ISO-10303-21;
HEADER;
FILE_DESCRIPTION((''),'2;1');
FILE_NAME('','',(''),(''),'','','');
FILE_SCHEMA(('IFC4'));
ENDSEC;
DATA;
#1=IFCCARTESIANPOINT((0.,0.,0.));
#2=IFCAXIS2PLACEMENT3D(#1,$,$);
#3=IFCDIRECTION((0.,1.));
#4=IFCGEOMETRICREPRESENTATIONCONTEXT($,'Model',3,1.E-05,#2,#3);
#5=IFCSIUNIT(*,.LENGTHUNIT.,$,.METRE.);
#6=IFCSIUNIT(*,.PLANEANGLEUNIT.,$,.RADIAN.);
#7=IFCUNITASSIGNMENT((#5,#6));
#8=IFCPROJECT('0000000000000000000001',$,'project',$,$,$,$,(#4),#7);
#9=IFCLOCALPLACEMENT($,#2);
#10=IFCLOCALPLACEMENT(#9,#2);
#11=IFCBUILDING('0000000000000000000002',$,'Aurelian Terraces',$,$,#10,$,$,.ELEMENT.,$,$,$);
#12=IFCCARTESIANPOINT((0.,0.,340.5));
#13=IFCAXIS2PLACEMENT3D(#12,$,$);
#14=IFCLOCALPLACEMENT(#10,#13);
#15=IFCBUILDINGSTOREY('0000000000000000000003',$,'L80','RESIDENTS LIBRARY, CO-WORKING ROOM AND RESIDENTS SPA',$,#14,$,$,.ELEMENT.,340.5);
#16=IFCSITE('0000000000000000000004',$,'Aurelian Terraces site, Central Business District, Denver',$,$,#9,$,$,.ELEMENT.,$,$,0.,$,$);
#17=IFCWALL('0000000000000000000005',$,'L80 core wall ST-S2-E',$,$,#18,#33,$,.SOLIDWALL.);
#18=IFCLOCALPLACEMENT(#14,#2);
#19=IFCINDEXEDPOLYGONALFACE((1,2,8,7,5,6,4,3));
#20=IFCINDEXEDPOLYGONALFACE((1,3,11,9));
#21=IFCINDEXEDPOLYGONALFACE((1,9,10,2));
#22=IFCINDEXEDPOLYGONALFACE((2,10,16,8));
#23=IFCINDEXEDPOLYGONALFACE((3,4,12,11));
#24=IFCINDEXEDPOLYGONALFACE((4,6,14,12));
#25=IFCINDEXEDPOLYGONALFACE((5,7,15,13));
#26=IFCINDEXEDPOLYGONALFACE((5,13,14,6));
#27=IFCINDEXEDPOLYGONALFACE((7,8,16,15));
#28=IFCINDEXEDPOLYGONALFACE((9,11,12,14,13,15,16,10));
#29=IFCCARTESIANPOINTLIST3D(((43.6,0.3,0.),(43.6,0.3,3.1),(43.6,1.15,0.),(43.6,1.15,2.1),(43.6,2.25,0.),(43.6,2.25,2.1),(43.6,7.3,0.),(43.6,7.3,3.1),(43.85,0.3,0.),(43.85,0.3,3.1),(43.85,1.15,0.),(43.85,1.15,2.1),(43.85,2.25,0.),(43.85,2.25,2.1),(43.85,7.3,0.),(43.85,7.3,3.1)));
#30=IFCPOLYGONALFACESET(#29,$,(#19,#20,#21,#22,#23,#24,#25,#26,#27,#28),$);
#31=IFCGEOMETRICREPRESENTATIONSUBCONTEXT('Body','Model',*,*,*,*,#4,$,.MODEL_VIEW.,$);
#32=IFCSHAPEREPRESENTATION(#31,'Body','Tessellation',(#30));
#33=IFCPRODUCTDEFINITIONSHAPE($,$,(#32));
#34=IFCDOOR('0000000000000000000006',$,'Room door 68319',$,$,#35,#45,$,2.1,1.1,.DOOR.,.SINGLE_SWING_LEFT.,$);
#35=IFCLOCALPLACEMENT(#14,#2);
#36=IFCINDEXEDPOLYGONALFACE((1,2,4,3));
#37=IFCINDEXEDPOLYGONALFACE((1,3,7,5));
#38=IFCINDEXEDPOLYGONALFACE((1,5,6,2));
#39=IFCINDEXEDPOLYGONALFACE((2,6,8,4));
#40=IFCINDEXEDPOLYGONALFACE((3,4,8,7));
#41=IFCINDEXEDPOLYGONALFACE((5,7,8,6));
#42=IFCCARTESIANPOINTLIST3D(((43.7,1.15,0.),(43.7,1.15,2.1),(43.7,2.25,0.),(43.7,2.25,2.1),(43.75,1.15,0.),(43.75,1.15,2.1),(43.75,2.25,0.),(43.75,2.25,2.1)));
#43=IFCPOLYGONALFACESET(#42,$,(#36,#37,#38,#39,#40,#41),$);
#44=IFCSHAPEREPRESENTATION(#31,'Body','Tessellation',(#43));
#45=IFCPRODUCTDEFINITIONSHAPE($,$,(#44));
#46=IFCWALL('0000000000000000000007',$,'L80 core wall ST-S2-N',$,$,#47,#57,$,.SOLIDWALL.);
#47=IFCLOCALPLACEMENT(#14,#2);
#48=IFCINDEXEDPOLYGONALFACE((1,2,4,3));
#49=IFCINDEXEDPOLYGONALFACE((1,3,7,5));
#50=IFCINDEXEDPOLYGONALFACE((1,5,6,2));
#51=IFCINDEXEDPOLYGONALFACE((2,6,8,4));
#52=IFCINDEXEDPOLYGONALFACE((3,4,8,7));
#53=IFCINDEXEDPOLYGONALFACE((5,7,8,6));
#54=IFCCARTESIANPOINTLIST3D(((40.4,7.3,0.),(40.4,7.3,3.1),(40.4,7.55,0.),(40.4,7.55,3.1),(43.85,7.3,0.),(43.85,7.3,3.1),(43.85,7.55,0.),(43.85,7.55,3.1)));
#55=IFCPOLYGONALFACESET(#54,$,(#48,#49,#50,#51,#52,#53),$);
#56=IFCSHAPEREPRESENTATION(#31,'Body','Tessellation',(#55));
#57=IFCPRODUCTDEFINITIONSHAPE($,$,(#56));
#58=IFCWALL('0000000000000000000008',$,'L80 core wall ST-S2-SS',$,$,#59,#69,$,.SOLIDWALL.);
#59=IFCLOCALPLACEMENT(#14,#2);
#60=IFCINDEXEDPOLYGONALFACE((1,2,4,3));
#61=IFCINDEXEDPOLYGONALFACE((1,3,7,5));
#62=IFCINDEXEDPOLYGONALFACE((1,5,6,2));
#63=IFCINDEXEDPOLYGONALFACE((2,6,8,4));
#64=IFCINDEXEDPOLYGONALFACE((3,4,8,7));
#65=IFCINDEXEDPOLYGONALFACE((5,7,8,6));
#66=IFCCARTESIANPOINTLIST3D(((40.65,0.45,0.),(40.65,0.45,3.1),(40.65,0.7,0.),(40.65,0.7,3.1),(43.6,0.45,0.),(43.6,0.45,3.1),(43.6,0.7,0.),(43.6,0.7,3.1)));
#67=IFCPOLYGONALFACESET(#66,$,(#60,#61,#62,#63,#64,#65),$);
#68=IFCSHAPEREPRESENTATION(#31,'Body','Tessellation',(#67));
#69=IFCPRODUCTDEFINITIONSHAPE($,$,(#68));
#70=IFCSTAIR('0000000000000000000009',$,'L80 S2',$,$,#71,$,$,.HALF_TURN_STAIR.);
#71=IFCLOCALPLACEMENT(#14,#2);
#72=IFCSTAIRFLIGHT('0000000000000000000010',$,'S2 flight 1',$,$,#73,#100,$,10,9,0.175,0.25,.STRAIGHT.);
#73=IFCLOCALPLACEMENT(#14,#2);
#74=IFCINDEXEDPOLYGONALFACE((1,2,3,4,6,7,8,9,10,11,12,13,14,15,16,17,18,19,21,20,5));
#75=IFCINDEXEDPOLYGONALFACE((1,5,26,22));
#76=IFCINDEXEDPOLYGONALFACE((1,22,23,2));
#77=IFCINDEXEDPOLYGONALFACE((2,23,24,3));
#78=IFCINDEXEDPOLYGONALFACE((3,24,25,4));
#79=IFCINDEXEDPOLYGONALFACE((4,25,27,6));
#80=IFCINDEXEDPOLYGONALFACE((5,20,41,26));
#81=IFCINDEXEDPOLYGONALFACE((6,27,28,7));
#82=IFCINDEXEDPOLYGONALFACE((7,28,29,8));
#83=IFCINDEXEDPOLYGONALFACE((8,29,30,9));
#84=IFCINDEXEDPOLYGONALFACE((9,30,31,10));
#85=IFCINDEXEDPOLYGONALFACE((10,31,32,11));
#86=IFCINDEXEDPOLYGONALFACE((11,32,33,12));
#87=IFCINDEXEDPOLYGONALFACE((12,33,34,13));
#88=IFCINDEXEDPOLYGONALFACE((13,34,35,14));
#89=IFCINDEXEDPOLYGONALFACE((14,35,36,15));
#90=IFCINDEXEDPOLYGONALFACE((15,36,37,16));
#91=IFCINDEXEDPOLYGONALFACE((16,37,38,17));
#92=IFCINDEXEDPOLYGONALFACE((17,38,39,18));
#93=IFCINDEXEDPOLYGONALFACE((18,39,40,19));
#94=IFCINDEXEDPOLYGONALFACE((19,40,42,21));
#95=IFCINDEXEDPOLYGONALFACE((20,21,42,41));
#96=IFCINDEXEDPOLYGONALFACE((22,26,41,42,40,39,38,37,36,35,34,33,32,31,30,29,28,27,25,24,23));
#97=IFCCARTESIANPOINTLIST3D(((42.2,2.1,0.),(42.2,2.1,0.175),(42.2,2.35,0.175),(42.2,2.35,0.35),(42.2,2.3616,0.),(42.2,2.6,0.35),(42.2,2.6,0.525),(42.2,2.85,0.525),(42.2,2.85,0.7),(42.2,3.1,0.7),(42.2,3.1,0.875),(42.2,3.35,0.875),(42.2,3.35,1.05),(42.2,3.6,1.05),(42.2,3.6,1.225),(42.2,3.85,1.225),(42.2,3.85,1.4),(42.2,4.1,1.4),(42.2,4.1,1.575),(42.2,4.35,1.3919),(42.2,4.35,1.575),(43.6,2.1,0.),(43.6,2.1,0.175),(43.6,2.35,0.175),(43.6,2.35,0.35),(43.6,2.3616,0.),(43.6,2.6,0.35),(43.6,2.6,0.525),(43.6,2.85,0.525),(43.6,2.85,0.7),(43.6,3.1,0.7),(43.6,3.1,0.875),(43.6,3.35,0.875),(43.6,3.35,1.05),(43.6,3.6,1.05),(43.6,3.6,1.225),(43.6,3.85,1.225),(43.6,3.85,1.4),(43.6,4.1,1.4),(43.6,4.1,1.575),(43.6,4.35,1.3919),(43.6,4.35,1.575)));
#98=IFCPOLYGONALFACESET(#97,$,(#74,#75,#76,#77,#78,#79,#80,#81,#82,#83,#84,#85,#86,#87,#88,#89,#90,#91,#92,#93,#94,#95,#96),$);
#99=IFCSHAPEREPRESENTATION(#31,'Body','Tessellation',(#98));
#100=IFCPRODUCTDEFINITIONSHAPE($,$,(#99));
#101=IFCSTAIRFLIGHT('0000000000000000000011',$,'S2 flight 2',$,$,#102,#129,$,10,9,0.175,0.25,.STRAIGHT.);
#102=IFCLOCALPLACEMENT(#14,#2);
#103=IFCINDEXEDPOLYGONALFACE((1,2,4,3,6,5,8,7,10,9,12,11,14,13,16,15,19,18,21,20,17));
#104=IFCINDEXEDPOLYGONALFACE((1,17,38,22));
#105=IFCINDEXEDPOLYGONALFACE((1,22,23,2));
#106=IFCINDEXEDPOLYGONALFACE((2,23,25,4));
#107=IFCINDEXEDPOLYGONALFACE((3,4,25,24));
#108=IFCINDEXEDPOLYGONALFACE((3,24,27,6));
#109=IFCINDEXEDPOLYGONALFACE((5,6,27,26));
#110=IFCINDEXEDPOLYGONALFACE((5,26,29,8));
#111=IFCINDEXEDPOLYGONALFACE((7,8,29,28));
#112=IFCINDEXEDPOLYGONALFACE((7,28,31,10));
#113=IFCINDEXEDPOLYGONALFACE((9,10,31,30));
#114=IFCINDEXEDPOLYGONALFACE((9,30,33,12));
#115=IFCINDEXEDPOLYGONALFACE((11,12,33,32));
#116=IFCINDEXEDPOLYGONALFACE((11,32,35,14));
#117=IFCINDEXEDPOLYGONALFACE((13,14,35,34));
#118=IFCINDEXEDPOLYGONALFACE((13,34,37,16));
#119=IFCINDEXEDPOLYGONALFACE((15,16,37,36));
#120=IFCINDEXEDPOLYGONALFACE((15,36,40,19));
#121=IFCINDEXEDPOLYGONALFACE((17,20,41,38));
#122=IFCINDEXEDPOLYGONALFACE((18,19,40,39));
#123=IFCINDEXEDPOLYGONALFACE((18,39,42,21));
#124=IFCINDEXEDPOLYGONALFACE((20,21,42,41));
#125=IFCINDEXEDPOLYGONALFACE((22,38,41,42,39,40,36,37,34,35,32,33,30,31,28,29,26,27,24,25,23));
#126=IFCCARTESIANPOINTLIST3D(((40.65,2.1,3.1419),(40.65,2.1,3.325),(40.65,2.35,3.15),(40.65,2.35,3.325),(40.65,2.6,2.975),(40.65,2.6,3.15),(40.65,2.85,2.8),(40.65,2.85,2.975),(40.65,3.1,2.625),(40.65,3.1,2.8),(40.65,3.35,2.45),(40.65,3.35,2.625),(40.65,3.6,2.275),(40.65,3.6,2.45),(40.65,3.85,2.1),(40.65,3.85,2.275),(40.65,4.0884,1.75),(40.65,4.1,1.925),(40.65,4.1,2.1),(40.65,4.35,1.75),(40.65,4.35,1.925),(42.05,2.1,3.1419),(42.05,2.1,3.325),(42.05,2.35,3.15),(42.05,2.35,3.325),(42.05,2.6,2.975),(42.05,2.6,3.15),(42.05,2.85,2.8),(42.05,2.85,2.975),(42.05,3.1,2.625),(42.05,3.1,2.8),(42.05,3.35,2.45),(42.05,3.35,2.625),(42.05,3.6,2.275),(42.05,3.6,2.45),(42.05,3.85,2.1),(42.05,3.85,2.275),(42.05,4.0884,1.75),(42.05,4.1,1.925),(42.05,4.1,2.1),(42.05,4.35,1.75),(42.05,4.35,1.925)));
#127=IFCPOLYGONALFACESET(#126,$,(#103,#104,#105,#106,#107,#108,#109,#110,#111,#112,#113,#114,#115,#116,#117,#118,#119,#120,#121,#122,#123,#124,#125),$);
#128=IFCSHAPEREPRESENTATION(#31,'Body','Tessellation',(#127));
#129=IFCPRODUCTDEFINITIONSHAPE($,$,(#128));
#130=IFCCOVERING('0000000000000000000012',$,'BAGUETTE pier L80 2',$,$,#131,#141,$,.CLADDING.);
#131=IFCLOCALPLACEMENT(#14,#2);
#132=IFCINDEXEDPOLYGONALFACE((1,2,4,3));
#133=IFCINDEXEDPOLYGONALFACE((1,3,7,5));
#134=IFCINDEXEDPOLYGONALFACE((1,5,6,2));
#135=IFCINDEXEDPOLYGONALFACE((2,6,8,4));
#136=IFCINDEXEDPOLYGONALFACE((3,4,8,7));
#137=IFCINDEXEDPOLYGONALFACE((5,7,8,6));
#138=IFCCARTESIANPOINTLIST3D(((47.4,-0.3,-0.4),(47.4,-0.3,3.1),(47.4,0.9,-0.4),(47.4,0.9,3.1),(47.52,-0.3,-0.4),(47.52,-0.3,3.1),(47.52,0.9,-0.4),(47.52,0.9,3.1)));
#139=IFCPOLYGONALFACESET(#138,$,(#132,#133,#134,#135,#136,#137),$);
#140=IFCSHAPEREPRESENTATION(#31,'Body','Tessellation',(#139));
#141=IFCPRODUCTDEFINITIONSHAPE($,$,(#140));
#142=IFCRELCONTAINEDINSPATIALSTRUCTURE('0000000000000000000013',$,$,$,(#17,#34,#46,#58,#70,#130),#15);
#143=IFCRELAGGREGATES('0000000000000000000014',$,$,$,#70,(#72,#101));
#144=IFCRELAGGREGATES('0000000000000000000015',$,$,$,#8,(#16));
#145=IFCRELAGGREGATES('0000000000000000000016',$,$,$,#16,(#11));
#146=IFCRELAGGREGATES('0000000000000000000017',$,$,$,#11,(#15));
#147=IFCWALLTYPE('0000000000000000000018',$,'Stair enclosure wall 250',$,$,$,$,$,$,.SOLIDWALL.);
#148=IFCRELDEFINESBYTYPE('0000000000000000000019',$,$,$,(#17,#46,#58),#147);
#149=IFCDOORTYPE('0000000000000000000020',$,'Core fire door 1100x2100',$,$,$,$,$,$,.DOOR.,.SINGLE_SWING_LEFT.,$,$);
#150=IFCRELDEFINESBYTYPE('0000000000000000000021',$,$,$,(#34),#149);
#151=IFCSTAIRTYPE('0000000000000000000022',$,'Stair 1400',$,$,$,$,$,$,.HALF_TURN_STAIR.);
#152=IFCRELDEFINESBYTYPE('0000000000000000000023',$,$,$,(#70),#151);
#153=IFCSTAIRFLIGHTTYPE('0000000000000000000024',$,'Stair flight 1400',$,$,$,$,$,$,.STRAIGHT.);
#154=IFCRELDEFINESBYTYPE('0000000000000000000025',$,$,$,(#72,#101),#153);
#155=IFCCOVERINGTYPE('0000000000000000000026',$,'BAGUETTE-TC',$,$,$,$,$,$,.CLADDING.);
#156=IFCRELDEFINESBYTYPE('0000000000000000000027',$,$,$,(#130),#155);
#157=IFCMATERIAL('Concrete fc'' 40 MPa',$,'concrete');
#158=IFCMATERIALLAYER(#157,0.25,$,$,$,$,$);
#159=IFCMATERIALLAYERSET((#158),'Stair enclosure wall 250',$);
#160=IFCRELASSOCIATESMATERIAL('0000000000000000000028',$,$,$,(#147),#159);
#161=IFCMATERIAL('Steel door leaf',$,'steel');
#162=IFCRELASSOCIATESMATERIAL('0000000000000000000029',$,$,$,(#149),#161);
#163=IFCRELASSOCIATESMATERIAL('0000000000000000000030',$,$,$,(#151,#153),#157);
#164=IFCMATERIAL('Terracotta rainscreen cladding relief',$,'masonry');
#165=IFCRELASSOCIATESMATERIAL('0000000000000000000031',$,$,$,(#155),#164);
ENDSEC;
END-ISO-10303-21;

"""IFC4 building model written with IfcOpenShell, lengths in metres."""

from ifc_helpers import new_model, si_unit, direction, frame, frame_2d, origin, origin_2d, place, context, subcontext, project, spatial, polyline, rectangle, outline, extrude, source, transform, mapped, material, layer, layer_set, type_object, element, fill, aggregate, save


model = new_model("IFC4")

# Units and contexts
model_context = context("Model", 3, precision=1e-05, world=origin(), true_north=direction((0.0, 1.0)))
body_context = subcontext(model_context, "Body", "Model", "MODEL_VIEW")
ifc_project = project(units=[si_unit("LENGTHUNIT", "METRE"), si_unit("PLANEANGLEUNIT", "RADIAN")], contexts=[model_context])

# Site, building, storey
site_placement = place(None, origin())
site = spatial("IfcSite", under=ifc_project, at=site_placement, Name="Aurelian Terraces site, Central Business District, Denver", CompositionType="ELEMENT", RefElevation=0.0)
building_placement = place(site_placement, origin())
building = spatial("IfcBuilding", under=site, at=building_placement, Name="Aurelian Terraces", CompositionType="ELEMENT")
storey_placement = place(building_placement, frame((0.0, 0.0, 340.5)))
storey = spatial("IfcBuildingStorey", under=building, at=storey_placement, Name="L80", Description="RESIDENTS LIBRARY, CO-WORKING ROOM AND RESIDENTS SPA", CompositionType="ELEMENT", Elevation=340.5)

# Shared definitions
ifc_material_1 = material(Name="Steel door leaf", Category="steel")

# Shared definitions
ifc_material_2 = material(Name="Concrete fc' 40 MPa", Category="concrete")
ifc_layer_1 = layer(ifc_material_2, 0.25)
ifc_layer_set_1 = layer_set([ifc_layer_1], Name="Stair enclosure wall 250")
wall_type_1 = type_object("IfcWallType", Name="Stair enclosure wall 250", PredefinedType="SOLIDWALL", material=ifc_layer_set_1)
shared_shape_1 = source(origin(), body_context, "Body", "SweptSolid", [
    extrude(rectangle(XDim=7.0, YDim=0.25, at=frame_2d((3.5, 0.0))), origin(), (0.0, 0.0, 1.0), 3.1),
])

# Wall, opening, door
wall_1_placement = place(storey_placement, frame((43.725, 0.3, 0.0), z_axis=(0.0, 0.0, 1.0), x_axis=(0.0, 1.0, 0.0)))
wall_1 = element("IfcWall", 1, at=wall_1_placement, inside=storey, type_object=wall_type_1, Name="L80 core wall ST-S2-E", PredefinedType="SOLIDWALL", context=body_context, shape_type="MappedRepresentation", body=[
    mapped(shared_shape_1, transform((0.0, 0.0, 0.0), scale=1.0)),
])
shared_shape_2 = source(origin(), body_context, "Body", "SweptSolid", [
    extrude(rectangle(XDim=1.1, YDim=2.1, at=frame_2d((0.55, 1.05))), frame((0.0, 0.135, 0.0), z_axis=(0.0, -1.0, 0.0), x_axis=(1.0, 0.0, 0.0)), (0.0, 0.0, 1.0), 0.27),
])
opening_1_placement = place(wall_1_placement, frame((0.85, 0.0, 0.0)))
opening_1 = element("IfcOpeningElement", 2, at=opening_1_placement, cuts=wall_1, PredefinedType="OPENING", context=body_context, shape_type="MappedRepresentation", body=[
    mapped(shared_shape_2, transform((0.0, 0.0, 0.0), scale=1.0)),
])
door_type_1 = type_object("IfcDoorType", Name="Core fire door 1100x2100", OperationType="SINGLE_SWING_LEFT", PredefinedType="DOOR", material=ifc_material_1)
shared_shape_3 = source(origin(), body_context, "Body", "SweptSolid", [
    extrude(rectangle(XDim=1.1, YDim=2.1, at=frame_2d((0.55, 1.05))), frame((0.0, 0.025, 0.0), z_axis=(0.0, -1.0, 0.0), x_axis=(1.0, 0.0, 0.0)), (0.0, 0.0, 1.0), 0.05),
])
door_1_placement = place(opening_1_placement, origin())
door_1 = element("IfcDoor", 3, at=door_1_placement, inside=storey, type_object=door_type_1, Name="Room door 68319", OperationType="SINGLE_SWING_LEFT", OverallHeight=2.1, OverallWidth=1.1, PredefinedType="DOOR", context=body_context, shape_type="MappedRepresentation", body=[
    mapped(shared_shape_3, transform((0.0, 0.0, 0.0), scale=1.0)),
])
fill(opening_1, door_1)

# Walls
shared_shape_4 = source(origin(), body_context, "Body", "SweptSolid", [
    extrude(rectangle(XDim=3.45, YDim=0.25, at=frame_2d((1.725, 0.0))), origin(), (0.0, 0.0, 1.0), 3.1),
])
wall_2_placement = place(storey_placement, frame((40.4, 7.425, 0.0), z_axis=(0.0, 0.0, 1.0), x_axis=(1.0, 0.0, 0.0)))
element("IfcWall", 4, at=wall_2_placement, inside=storey, type_object=wall_type_1, Name="L80 core wall ST-S2-N", PredefinedType="SOLIDWALL", context=body_context, shape_type="MappedRepresentation", body=[
    mapped(shared_shape_4, transform((0.0, 0.0, 0.0), scale=1.0)),
])
shared_shape_5 = source(origin(), body_context, "Body", "SweptSolid", [
    extrude(rectangle(XDim=2.95, YDim=0.25, at=frame_2d((1.475, 0.0))), origin(), (0.0, 0.0, 1.0), 3.1),
])
wall_3_placement = place(storey_placement, frame((40.65, 0.575, 0.0), z_axis=(0.0, 0.0, 1.0), x_axis=(1.0, 0.0, 0.0)))
element("IfcWall", 5, at=wall_3_placement, inside=storey, type_object=wall_type_1, Name="L80 core wall ST-S2-SS", PredefinedType="SOLIDWALL", context=body_context, shape_type="MappedRepresentation", body=[
    mapped(shared_shape_5, transform((0.0, 0.0, 0.0), scale=1.0)),
])

# Stair, stair flights
stair_type = type_object("IfcStairType", Name="Stair 1400", PredefinedType="HALF_TURN_STAIR", material=ifc_material_2)
stair_placement = place(storey_placement, origin())
stair = element("IfcStair", 6, at=stair_placement, inside=storey, type_object=stair_type, Name="L80 S2", PredefinedType="HALF_TURN_STAIR")
stair_flight_type = type_object("IfcStairFlightType", Name="Stair flight 1400", PredefinedType="STRAIGHT", material=ifc_material_2)
shared_shape_6 = source(origin(), body_context, "Body", "SweptSolid", [
    extrude(outline(polyline([(0.0, 0.0), (0.0, 0.175), (0.25, 0.175), (0.25, 0.35), (0.5, 0.35), (0.5, 0.525), (0.75, 0.525), (0.75, 0.7), (1.0, 0.7), (1.0, 0.875), (1.25, 0.875), (1.25, 1.05), (1.5, 1.05), (1.5, 1.225), (1.75, 1.225), (1.75, 1.4), (2.0, 1.4), (2.0, 1.575), (2.25, 1.575), (2.25, 1.75), (2.25, 1.3919), (0.2616, 0.0), (0.0, 0.0)])), frame((0.0, 0.7, 0.0), z_axis=(0.0, -1.0, 0.0), x_axis=(1.0, 0.0, 0.0)), (0.0, 0.0, 1.0), 1.4),
])
stair_flight_1_placement = place(storey_placement, frame((42.9, 2.1, 0.0), z_axis=(0.0, 0.0, 1.0), x_axis=(0.0, 1.0, 0.0)))
stair_flight_1 = element("IfcStairFlight", 7, at=stair_flight_1_placement, type_object=stair_flight_type, Name="S2 flight 1", NumberOfRisers=10, NumberOfTreads=9, PredefinedType="STRAIGHT", RiserHeight=0.175, TreadLength=0.25, context=body_context, shape_type="MappedRepresentation", body=[
    mapped(shared_shape_6, transform((0.0, 0.0, 0.0), scale=1.0)),
])
stair_flight_2_placement = place(storey_placement, frame((41.35, 4.35, 1.75), z_axis=(0.0, 0.0, 1.0), x_axis=(0.0, -1.0, 0.0)))
stair_flight_2 = element("IfcStairFlight", 8, at=stair_flight_2_placement, type_object=stair_flight_type, Name="S2 flight 2", NumberOfRisers=10, NumberOfTreads=9, PredefinedType="STRAIGHT", RiserHeight=0.175, TreadLength=0.25, context=body_context, shape_type="MappedRepresentation", body=[
    mapped(shared_shape_6, transform((0.0, 0.0, 0.0), scale=1.0)),
])
aggregate(stair, [stair_flight_1, stair_flight_2])

# Covering
ifc_material_3 = material(Name="Terracotta rainscreen cladding relief", Category="masonry")
covering_type_1 = type_object("IfcCoveringType", Name="BAGUETTE-TC", PredefinedType="CLADDING", material=ifc_material_3)
shared_shape_7 = source(origin(), body_context, "Body", "SweptSolid", [
    extrude(rectangle(XDim=0.12, YDim=1.2, at=origin_2d()), origin(), (0.0, 0.0, 1.0), 3.5),
])
covering_1_placement = place(storey_placement, frame((47.46, 0.3, -0.4), z_axis=(0.0, 0.0, 1.0), x_axis=(1.0, 0.0, 0.0)))
element("IfcCovering", 9, at=covering_1_placement, inside=storey, type_object=covering_type_1, Name="BAGUETTE pier L80 2", PredefinedType="CLADDING", context=body_context, shape_type="MappedRepresentation", body=[
    mapped(shared_shape_7, transform((0.0, 0.0, 0.0), scale=1.0)),
])

save(model, "model.ifc")
